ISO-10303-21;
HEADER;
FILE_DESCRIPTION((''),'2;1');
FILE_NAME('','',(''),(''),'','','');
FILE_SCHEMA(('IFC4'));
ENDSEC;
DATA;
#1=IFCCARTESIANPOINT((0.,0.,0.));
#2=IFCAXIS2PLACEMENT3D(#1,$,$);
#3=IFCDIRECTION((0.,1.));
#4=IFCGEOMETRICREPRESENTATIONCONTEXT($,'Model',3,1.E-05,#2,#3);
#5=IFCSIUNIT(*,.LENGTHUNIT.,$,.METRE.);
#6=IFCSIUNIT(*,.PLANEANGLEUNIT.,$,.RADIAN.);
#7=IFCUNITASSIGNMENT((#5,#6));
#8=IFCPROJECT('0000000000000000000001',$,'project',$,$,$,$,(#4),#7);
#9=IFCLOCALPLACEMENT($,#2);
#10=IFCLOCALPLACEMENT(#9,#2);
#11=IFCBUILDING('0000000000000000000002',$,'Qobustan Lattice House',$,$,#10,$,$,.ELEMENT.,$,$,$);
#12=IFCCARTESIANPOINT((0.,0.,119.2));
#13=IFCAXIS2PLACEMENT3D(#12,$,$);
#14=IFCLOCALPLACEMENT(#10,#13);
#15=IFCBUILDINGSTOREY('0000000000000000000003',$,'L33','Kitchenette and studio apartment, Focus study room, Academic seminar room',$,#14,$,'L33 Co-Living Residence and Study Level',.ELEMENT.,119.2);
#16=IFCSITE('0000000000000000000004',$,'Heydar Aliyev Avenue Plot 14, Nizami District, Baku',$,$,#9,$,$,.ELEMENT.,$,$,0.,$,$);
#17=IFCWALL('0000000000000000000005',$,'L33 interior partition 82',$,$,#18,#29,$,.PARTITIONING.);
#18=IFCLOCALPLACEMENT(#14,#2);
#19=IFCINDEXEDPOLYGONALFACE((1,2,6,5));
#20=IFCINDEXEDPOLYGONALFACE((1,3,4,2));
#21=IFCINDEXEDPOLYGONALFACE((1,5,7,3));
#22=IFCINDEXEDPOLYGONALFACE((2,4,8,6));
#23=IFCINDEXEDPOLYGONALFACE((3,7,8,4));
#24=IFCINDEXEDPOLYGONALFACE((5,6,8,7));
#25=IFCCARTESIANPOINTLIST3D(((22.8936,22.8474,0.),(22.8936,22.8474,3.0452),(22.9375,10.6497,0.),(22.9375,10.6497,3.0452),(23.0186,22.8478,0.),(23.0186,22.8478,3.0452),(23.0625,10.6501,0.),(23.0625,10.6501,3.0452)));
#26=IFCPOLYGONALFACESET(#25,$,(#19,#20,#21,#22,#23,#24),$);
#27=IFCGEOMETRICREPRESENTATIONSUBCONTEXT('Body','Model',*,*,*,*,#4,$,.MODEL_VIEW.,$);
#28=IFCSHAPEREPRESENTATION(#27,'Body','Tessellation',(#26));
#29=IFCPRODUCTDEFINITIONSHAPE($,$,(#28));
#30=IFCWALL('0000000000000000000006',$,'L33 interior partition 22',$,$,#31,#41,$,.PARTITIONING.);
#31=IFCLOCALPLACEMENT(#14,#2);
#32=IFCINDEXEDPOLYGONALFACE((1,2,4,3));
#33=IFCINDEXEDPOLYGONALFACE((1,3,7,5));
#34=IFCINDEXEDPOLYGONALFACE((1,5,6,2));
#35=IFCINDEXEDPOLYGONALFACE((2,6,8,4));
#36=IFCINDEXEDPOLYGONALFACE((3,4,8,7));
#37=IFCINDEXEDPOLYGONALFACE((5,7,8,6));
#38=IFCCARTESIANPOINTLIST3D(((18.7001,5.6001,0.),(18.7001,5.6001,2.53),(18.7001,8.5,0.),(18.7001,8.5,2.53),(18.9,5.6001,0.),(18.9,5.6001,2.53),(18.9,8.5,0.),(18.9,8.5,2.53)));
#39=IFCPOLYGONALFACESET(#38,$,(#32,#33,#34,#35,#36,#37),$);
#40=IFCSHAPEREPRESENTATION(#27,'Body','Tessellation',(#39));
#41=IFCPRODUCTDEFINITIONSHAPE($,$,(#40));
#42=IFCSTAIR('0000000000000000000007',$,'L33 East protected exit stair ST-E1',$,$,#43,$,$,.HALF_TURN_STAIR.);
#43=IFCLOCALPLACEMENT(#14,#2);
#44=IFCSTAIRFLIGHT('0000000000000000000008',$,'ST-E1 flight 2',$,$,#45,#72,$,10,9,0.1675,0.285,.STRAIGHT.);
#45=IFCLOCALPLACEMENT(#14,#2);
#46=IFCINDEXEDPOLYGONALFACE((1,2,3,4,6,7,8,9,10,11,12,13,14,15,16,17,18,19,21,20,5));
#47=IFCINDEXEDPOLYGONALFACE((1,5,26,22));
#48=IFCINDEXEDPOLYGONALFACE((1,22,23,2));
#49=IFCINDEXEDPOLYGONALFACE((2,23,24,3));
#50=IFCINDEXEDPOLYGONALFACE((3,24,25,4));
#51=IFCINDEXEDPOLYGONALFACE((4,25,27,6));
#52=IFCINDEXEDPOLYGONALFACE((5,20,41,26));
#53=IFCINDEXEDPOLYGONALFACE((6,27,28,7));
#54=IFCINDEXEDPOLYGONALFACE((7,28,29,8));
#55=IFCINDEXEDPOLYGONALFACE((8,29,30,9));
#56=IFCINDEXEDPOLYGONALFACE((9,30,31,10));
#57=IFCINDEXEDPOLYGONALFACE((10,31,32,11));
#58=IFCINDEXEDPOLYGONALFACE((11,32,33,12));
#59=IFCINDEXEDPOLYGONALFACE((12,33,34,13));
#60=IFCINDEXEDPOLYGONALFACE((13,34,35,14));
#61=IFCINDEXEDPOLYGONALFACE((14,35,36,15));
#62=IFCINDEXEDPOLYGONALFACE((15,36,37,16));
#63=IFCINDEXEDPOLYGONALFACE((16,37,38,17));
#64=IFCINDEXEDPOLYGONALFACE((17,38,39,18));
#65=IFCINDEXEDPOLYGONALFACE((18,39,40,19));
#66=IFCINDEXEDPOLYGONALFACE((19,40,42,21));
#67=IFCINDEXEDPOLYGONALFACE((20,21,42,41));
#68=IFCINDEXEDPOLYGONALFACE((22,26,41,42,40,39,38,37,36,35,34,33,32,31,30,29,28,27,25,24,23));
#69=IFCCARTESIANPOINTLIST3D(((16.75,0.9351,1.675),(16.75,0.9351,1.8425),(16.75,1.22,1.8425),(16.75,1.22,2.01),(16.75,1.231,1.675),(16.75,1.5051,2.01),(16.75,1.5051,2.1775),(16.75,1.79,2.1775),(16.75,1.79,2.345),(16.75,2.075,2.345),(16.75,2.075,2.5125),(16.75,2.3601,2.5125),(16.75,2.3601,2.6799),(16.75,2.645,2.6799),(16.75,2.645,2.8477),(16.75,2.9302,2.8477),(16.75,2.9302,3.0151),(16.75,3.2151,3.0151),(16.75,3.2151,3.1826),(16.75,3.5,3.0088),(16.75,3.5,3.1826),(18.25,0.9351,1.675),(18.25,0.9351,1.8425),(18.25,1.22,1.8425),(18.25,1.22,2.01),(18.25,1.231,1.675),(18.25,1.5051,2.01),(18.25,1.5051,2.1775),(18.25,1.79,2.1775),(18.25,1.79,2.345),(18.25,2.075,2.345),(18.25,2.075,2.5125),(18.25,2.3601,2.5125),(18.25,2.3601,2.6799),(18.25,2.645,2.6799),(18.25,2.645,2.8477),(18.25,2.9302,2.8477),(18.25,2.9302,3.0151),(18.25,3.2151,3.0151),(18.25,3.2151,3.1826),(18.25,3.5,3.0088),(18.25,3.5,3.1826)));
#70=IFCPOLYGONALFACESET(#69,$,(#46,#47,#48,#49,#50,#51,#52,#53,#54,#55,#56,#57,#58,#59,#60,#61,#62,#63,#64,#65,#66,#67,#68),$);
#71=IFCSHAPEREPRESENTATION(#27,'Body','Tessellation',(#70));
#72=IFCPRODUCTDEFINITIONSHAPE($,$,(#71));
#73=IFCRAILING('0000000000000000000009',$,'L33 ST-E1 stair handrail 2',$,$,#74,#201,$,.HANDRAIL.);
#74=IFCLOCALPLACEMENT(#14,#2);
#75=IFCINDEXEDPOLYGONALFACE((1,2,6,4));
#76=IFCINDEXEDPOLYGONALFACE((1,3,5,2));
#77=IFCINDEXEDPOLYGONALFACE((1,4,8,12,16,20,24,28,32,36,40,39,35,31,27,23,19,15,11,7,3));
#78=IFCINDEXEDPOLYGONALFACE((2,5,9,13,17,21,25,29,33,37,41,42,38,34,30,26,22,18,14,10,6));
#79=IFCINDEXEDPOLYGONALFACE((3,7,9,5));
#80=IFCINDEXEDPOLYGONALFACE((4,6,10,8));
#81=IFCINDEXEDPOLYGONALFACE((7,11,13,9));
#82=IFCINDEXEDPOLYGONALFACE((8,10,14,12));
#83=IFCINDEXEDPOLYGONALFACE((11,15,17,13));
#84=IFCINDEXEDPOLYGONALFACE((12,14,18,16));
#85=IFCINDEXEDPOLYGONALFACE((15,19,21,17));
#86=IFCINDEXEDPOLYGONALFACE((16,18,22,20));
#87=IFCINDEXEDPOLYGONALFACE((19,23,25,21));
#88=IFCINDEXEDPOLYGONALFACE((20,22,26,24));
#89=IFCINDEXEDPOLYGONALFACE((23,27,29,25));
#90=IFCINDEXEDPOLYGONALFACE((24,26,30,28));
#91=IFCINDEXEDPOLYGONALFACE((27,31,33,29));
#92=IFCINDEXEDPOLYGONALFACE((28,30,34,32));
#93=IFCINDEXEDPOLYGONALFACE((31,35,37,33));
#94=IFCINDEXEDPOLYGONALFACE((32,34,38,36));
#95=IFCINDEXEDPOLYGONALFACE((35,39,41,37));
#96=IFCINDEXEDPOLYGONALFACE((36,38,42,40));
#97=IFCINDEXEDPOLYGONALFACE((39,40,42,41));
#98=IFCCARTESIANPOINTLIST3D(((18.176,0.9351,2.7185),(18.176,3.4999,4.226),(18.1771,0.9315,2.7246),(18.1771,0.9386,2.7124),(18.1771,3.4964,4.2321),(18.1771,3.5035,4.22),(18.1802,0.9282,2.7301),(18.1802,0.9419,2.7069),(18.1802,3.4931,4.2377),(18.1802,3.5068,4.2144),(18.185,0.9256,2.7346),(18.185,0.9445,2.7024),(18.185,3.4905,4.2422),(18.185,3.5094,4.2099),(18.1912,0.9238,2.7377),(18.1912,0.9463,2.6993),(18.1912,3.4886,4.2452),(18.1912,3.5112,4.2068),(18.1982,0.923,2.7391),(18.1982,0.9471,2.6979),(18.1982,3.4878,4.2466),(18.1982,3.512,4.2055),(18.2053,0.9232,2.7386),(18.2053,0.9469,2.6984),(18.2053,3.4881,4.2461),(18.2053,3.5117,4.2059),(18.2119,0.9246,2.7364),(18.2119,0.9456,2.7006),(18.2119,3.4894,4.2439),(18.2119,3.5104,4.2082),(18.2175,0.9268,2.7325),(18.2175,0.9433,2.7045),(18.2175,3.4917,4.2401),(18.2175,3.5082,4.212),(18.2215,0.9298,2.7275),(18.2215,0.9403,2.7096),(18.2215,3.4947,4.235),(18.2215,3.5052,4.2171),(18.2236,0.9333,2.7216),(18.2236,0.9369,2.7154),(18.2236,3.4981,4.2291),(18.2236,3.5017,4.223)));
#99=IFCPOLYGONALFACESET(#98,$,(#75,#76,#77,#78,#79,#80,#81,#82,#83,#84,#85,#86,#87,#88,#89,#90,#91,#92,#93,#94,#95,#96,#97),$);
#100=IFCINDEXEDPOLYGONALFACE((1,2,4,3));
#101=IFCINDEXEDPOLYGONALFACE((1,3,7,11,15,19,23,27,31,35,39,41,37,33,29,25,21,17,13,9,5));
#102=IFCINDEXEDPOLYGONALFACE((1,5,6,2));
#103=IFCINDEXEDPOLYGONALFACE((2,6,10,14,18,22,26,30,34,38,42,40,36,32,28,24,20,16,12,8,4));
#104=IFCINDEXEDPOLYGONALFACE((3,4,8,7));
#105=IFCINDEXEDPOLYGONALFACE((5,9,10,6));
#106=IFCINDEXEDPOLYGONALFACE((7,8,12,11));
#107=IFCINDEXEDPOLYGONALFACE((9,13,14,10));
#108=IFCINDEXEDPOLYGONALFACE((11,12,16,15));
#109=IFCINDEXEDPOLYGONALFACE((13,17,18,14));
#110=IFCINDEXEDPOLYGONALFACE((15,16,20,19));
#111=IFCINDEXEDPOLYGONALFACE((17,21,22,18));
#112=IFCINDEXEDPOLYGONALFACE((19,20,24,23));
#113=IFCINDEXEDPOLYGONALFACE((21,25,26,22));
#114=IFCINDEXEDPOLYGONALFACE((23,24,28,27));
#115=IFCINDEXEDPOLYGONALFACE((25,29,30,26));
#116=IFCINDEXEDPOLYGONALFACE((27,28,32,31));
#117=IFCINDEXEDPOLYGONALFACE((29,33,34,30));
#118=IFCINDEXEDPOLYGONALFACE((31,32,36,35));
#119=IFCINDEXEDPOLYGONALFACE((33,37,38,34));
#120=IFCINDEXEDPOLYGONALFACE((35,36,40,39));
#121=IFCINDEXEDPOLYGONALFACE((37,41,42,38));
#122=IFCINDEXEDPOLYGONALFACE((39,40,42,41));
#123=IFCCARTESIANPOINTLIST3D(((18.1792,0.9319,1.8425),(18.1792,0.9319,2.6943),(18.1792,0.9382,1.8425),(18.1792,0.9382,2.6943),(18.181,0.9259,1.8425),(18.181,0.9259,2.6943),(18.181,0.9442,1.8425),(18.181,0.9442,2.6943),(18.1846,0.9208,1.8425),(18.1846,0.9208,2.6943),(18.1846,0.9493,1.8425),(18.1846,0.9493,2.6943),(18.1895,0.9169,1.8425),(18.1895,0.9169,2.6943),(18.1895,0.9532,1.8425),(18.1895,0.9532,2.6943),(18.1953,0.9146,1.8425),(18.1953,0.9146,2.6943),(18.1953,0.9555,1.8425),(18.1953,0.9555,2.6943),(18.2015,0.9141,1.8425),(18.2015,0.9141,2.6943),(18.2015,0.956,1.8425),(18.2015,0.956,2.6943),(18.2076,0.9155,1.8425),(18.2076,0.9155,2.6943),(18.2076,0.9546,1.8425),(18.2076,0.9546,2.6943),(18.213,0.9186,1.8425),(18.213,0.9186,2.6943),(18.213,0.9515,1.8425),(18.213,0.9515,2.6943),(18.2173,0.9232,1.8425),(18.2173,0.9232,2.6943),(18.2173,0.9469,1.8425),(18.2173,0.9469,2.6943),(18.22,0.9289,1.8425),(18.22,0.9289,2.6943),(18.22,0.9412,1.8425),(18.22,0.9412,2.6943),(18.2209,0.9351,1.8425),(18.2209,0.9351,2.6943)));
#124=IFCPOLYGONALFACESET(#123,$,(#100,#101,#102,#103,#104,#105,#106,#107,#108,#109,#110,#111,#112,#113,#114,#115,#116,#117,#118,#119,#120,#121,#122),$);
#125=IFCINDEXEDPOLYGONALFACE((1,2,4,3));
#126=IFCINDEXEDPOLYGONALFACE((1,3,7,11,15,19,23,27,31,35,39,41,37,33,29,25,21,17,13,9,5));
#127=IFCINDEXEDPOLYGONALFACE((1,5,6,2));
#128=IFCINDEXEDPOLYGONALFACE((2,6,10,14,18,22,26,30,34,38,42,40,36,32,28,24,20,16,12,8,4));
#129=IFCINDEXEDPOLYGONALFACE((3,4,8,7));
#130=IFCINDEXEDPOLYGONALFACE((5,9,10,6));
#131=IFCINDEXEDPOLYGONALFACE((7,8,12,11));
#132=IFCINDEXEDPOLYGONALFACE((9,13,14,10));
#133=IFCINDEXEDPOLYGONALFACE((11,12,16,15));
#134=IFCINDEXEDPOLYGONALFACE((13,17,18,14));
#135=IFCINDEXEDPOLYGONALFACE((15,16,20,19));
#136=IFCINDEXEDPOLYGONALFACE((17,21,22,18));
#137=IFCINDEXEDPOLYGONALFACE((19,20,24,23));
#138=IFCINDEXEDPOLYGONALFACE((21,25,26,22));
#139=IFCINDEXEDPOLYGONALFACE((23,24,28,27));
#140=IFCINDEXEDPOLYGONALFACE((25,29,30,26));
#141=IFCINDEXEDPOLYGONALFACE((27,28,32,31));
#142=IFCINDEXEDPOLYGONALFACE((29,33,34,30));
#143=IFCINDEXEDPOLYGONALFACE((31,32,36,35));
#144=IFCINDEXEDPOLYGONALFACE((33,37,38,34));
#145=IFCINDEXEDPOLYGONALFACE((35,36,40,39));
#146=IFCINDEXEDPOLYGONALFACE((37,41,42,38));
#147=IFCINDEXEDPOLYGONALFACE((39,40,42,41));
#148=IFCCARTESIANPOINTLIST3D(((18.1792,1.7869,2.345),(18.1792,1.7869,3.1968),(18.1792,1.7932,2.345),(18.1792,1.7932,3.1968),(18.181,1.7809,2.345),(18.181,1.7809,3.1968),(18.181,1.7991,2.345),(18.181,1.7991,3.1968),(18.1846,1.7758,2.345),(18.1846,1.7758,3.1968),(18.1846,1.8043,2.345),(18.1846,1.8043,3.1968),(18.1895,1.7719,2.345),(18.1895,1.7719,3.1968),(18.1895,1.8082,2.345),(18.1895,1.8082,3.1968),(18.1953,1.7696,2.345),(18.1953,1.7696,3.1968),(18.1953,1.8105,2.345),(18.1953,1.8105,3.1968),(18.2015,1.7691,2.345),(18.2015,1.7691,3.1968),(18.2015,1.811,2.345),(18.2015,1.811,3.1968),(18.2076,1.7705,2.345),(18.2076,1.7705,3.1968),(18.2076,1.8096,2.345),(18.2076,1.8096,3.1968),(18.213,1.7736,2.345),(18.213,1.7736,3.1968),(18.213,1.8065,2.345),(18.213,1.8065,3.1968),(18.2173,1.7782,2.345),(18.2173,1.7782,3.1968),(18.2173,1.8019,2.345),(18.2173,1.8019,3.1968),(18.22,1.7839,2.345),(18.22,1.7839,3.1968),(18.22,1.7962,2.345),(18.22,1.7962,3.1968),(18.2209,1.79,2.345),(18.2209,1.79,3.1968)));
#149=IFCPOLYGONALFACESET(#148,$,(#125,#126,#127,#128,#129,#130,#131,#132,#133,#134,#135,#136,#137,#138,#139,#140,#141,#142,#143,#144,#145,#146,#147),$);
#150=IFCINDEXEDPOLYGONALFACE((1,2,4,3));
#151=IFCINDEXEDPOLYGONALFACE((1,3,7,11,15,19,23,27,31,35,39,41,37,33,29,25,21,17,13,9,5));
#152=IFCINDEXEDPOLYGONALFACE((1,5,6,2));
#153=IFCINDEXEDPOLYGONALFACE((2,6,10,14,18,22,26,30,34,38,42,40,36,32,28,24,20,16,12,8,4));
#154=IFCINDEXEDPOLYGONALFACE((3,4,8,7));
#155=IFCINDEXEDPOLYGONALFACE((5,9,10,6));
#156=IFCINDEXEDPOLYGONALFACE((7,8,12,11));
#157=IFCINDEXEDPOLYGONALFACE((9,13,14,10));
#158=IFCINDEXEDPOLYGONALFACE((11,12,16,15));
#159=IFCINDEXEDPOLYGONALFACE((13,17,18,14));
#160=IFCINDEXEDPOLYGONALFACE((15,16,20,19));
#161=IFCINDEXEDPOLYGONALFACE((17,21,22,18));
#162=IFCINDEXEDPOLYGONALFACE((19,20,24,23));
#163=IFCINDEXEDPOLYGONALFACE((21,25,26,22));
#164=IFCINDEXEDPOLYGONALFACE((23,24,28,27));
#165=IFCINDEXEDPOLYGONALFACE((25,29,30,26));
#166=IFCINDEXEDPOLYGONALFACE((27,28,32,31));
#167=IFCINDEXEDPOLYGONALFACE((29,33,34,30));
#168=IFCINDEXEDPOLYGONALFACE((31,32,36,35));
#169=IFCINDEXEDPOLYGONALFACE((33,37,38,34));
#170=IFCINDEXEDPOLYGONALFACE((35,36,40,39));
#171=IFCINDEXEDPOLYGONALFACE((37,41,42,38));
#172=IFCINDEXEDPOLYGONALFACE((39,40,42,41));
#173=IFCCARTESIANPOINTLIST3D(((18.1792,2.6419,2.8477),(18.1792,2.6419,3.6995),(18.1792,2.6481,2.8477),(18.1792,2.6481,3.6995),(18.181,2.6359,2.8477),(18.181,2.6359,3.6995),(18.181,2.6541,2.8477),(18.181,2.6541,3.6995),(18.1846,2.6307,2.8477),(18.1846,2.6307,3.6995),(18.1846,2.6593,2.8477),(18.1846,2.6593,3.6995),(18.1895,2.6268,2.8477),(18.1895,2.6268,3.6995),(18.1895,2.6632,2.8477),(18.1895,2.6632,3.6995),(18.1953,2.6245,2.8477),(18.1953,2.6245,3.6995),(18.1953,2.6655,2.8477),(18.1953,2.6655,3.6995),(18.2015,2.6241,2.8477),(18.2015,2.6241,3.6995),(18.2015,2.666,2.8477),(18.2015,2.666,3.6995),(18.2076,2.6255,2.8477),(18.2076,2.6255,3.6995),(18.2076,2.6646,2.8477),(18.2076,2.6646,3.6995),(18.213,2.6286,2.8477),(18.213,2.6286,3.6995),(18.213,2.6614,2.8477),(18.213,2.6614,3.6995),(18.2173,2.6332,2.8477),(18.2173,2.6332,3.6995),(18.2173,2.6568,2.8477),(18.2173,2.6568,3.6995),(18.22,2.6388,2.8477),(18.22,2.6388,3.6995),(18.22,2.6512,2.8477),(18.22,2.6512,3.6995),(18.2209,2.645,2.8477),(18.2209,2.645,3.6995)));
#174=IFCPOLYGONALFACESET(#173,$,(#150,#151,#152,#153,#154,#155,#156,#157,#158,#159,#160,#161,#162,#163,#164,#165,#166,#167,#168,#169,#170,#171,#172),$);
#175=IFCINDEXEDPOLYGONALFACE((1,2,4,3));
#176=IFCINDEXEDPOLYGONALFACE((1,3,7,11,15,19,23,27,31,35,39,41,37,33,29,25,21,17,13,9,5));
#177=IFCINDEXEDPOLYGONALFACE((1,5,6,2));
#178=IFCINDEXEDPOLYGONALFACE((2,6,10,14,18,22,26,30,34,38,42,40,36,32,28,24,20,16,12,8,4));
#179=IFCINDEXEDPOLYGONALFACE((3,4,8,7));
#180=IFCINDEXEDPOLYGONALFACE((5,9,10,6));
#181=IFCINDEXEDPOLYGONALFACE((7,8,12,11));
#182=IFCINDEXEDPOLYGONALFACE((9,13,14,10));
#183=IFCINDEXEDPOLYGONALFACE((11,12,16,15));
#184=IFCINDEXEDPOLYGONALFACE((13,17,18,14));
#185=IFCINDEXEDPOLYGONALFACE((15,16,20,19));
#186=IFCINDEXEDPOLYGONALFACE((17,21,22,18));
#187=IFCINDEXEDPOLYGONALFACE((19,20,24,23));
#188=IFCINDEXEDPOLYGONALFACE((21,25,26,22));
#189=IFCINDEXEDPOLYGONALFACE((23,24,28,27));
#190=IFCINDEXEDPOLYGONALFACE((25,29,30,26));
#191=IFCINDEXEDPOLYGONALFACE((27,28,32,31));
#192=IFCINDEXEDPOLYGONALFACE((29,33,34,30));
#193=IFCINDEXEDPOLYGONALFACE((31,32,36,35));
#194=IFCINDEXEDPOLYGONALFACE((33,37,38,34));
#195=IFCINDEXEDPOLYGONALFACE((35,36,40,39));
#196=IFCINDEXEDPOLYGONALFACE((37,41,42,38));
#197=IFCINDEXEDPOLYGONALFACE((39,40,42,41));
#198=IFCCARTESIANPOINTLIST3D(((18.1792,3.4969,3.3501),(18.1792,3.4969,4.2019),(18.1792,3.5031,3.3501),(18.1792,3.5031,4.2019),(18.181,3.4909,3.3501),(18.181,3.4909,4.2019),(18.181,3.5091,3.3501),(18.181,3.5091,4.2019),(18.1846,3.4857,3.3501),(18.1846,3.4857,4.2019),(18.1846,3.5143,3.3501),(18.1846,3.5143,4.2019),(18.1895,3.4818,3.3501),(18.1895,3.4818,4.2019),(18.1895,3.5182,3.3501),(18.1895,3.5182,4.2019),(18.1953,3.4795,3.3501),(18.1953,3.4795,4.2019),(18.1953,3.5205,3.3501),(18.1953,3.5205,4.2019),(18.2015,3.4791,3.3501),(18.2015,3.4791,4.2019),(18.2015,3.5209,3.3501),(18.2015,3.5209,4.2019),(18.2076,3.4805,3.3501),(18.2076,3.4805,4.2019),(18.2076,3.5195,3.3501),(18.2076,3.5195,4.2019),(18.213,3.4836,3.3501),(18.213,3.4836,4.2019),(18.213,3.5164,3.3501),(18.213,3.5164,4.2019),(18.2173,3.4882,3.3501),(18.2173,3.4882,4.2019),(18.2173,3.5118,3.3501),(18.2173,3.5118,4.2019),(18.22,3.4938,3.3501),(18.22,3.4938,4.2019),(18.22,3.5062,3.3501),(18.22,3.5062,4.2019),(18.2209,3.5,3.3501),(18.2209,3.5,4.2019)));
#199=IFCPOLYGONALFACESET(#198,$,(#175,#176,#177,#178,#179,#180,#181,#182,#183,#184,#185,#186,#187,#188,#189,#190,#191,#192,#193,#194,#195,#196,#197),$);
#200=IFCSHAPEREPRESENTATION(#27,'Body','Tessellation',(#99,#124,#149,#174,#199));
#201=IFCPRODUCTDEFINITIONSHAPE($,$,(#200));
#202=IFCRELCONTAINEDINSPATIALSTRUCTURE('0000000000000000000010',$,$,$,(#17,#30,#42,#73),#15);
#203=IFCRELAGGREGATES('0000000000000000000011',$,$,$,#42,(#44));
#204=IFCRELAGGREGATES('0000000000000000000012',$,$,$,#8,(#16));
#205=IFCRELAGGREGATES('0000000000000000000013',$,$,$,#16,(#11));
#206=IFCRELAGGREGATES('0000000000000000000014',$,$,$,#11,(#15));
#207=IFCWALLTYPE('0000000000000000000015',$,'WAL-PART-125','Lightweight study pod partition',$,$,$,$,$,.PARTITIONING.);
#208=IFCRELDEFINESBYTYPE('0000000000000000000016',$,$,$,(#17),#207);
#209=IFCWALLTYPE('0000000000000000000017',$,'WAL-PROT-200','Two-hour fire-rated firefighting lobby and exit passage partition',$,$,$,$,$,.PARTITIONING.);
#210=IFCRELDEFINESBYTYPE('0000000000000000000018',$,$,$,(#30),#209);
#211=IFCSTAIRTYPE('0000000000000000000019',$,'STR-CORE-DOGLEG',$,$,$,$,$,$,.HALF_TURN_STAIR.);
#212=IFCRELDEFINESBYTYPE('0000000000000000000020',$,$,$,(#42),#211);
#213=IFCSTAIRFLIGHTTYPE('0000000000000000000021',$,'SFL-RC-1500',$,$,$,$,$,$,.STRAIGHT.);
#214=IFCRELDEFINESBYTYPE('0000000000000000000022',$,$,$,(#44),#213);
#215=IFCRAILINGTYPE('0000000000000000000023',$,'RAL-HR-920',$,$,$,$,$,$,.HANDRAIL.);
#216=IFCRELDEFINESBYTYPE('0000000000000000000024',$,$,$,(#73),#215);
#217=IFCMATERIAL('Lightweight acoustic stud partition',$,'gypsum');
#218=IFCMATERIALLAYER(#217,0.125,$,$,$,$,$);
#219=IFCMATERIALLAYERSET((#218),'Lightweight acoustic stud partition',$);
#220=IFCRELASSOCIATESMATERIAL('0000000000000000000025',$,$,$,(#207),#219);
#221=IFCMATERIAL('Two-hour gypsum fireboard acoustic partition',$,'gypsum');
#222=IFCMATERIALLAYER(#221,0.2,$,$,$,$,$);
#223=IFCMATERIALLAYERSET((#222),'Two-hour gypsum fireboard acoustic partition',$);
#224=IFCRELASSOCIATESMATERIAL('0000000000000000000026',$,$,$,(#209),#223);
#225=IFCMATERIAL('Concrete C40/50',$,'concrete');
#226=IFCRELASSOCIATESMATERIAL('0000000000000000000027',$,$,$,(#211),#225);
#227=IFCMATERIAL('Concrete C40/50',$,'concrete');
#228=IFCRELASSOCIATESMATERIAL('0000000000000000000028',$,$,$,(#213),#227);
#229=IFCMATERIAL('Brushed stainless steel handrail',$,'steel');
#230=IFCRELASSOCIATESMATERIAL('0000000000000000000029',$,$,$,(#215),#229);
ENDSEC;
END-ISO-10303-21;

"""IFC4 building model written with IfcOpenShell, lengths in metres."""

from ifc_helpers import new_model, si_unit, direction, frame, frame_2d, origin, origin_2d, place, context, subcontext, project, spatial, polyline, rectangle, circle, outline, extrude, material, layer, layer_set, type_object, element, aggregate, save


model = new_model("IFC4")

# Units and contexts
model_context = context("Model", 3, precision=1e-05, world=origin(), true_north=direction((0.0, 1.0)))
body_context = subcontext(model_context, "Body", "Model", "MODEL_VIEW")
ifc_project = project(units=[si_unit("LENGTHUNIT", "METRE"), si_unit("PLANEANGLEUNIT", "RADIAN")], contexts=[model_context])

# Site, building, storey
site_placement = place(None, origin())
site = spatial("IfcSite", under=ifc_project, at=site_placement, Name="Heydar Aliyev Avenue Plot 14, Nizami District, Baku", CompositionType="ELEMENT", RefElevation=0.0)
building_placement = place(site_placement, origin())
building = spatial("IfcBuilding", under=site, at=building_placement, Name="Qobustan Lattice House", CompositionType="ELEMENT")
storey_placement = place(building_placement, frame((0.0, 0.0, 119.2)))
storey = spatial("IfcBuildingStorey", under=building, at=storey_placement, Name="L33", Description="Kitchenette and studio apartment, Focus study room, Academic seminar room", LongName="L33 Co-Living Residence and Study Level", CompositionType="ELEMENT", Elevation=119.2)

# Shared definitions
ifc_material_1 = material(Name="Lightweight acoustic stud partition", Category="gypsum")
ifc_layer_1 = layer(ifc_material_1, 0.125)
ifc_layer_set_1 = layer_set([ifc_layer_1], Name="Lightweight acoustic stud partition")
wall_type_1 = type_object("IfcWallType", Name="WAL-PART-125", Description="Lightweight study pod partition", PredefinedType="PARTITIONING", material=ifc_layer_set_1)

# Wall
wall_1_placement = place(storey_placement, frame((23.0, 10.6499, 0.0), z_axis=(0.0, 0.0, 1.0), x_axis=(-0.003603, 0.999994, 0.0)))
element("IfcWall", 1, at=wall_1_placement, inside=storey, type_object=wall_type_1, Name="L33 interior partition 82", PredefinedType="PARTITIONING", context=body_context, shape_type="SweptSolid", body=[
    extrude(rectangle(XDim=12.1978, YDim=0.125, at=frame_2d((6.0989, 0.0))), origin(), (0.0, 0.0, 1.0), 3.0452),
])

# Shared definitions
ifc_material_2 = material(Name="Two-hour gypsum fireboard acoustic partition", Category="gypsum")
ifc_layer_2 = layer(ifc_material_2, 0.2)
ifc_layer_set_2 = layer_set([ifc_layer_2], Name="Two-hour gypsum fireboard acoustic partition")
wall_type_2 = type_object("IfcWallType", Name="WAL-PROT-200", Description="Two-hour fire-rated firefighting lobby and exit passage partition", PredefinedType="PARTITIONING", material=ifc_layer_set_2)

# Wall
wall_2_placement = place(storey_placement, frame((18.8, 5.6001, 0.0), z_axis=(0.0, 0.0, 1.0), x_axis=(0.0, 1.0, 0.0)))
element("IfcWall", 2, at=wall_2_placement, inside=storey, type_object=wall_type_2, Name="L33 interior partition 22", PredefinedType="PARTITIONING", context=body_context, shape_type="SweptSolid", body=[
    extrude(rectangle(XDim=2.8999, YDim=0.2, at=frame_2d((1.45, 0.0))), origin(), (0.0, 0.0, 1.0), 2.53),
])

# Stair, stair flight
ifc_material_3 = material(Name="Concrete C40/50", Category="concrete")
stair_type = type_object("IfcStairType", Name="STR-CORE-DOGLEG", PredefinedType="HALF_TURN_STAIR", material=ifc_material_3)
stair_placement = place(storey_placement, origin())
stair = element("IfcStair", 3, at=stair_placement, inside=storey, type_object=stair_type, Name="L33 East protected exit stair ST-E1", PredefinedType="HALF_TURN_STAIR")
ifc_material_4 = material(Name="Concrete C40/50", Category="concrete")
stair_flight_type = type_object("IfcStairFlightType", Name="SFL-RC-1500", PredefinedType="STRAIGHT", material=ifc_material_4)
stair_flight_placement = place(storey_placement, frame((17.5, 0.9351, 1.675), z_axis=(0.0, 0.0, 1.0), x_axis=(0.0, 1.0, 0.0)))
stair_flight = element("IfcStairFlight", 4, at=stair_flight_placement, type_object=stair_flight_type, Name="ST-E1 flight 2", NumberOfRisers=10, NumberOfTreads=9, PredefinedType="STRAIGHT", RiserHeight=0.1675, TreadLength=0.285, context=body_context, shape_type="SweptSolid", body=[
    extrude(outline(polyline([(0.0, 0.0), (0.0, 0.1675), (0.2849, 0.1675), (0.2849, 0.335), (0.5701, 0.335), (0.5701, 0.5024), (0.855, 0.5024), (0.855, 0.6699), (1.1399, 0.6699), (1.1399, 0.8374), (1.425, 0.8374), (1.425, 1.0049), (1.71, 1.0049), (1.71, 1.1726), (1.9951, 1.1726), (1.9951, 1.3401), (2.28, 1.3401), (2.28, 1.5076), (2.5649, 1.5076), (2.5649, 1.675), (2.5649, 1.3337), (0.2959, 0.0), (0.0, 0.0)])), frame((0.0, 0.75, 0.0), z_axis=(0.0, -1.0, 0.0), x_axis=(1.0, 0.0, 0.0)), (0.0, 0.0, 1.0), 1.5),
])
aggregate(stair, [stair_flight])

# Railing
ifc_material_5 = material(Name="Brushed stainless steel handrail", Category="steel")
railing_type = type_object("IfcRailingType", Name="RAL-HR-920", PredefinedType="HANDRAIL", material=ifc_material_5)
railing_placement = place(storey_placement, frame((18.2, 0.9351, 1.8425)))
element("IfcRailing", 5, at=railing_placement, inside=storey, type_object=railing_type, Name="L33 ST-E1 stair handrail 2", PredefinedType="HANDRAIL", context=body_context, shape_type="SweptSolid", body=[
    extrude(circle(Radius=0.0239, at=origin_2d()), frame((0.0, 0.0, 0.876), z_axis=(0.0, 0.862113, 0.506715), x_axis=(-1.0, 0.0, 0.0)), (0.0, 0.0, 1.0), 2.9751),
    extrude(circle(Radius=0.021, at=origin_2d()), origin(), (0.0, 0.0, 1.0), 0.8518),
    extrude(circle(Radius=0.021, at=origin_2d()), frame((0.0, 0.855, 0.5024)), (0.0, 0.0, 1.0), 0.8518),
    extrude(circle(Radius=0.021, at=origin_2d()), frame((0.0, 1.71, 1.0051)), (0.0, 0.0, 1.0), 0.8518),
    extrude(circle(Radius=0.021, at=origin_2d()), frame((0.0, 2.5649, 1.5076)), (0.0, 0.0, 1.0), 0.8518),
])

save(model, "model.ifc")
